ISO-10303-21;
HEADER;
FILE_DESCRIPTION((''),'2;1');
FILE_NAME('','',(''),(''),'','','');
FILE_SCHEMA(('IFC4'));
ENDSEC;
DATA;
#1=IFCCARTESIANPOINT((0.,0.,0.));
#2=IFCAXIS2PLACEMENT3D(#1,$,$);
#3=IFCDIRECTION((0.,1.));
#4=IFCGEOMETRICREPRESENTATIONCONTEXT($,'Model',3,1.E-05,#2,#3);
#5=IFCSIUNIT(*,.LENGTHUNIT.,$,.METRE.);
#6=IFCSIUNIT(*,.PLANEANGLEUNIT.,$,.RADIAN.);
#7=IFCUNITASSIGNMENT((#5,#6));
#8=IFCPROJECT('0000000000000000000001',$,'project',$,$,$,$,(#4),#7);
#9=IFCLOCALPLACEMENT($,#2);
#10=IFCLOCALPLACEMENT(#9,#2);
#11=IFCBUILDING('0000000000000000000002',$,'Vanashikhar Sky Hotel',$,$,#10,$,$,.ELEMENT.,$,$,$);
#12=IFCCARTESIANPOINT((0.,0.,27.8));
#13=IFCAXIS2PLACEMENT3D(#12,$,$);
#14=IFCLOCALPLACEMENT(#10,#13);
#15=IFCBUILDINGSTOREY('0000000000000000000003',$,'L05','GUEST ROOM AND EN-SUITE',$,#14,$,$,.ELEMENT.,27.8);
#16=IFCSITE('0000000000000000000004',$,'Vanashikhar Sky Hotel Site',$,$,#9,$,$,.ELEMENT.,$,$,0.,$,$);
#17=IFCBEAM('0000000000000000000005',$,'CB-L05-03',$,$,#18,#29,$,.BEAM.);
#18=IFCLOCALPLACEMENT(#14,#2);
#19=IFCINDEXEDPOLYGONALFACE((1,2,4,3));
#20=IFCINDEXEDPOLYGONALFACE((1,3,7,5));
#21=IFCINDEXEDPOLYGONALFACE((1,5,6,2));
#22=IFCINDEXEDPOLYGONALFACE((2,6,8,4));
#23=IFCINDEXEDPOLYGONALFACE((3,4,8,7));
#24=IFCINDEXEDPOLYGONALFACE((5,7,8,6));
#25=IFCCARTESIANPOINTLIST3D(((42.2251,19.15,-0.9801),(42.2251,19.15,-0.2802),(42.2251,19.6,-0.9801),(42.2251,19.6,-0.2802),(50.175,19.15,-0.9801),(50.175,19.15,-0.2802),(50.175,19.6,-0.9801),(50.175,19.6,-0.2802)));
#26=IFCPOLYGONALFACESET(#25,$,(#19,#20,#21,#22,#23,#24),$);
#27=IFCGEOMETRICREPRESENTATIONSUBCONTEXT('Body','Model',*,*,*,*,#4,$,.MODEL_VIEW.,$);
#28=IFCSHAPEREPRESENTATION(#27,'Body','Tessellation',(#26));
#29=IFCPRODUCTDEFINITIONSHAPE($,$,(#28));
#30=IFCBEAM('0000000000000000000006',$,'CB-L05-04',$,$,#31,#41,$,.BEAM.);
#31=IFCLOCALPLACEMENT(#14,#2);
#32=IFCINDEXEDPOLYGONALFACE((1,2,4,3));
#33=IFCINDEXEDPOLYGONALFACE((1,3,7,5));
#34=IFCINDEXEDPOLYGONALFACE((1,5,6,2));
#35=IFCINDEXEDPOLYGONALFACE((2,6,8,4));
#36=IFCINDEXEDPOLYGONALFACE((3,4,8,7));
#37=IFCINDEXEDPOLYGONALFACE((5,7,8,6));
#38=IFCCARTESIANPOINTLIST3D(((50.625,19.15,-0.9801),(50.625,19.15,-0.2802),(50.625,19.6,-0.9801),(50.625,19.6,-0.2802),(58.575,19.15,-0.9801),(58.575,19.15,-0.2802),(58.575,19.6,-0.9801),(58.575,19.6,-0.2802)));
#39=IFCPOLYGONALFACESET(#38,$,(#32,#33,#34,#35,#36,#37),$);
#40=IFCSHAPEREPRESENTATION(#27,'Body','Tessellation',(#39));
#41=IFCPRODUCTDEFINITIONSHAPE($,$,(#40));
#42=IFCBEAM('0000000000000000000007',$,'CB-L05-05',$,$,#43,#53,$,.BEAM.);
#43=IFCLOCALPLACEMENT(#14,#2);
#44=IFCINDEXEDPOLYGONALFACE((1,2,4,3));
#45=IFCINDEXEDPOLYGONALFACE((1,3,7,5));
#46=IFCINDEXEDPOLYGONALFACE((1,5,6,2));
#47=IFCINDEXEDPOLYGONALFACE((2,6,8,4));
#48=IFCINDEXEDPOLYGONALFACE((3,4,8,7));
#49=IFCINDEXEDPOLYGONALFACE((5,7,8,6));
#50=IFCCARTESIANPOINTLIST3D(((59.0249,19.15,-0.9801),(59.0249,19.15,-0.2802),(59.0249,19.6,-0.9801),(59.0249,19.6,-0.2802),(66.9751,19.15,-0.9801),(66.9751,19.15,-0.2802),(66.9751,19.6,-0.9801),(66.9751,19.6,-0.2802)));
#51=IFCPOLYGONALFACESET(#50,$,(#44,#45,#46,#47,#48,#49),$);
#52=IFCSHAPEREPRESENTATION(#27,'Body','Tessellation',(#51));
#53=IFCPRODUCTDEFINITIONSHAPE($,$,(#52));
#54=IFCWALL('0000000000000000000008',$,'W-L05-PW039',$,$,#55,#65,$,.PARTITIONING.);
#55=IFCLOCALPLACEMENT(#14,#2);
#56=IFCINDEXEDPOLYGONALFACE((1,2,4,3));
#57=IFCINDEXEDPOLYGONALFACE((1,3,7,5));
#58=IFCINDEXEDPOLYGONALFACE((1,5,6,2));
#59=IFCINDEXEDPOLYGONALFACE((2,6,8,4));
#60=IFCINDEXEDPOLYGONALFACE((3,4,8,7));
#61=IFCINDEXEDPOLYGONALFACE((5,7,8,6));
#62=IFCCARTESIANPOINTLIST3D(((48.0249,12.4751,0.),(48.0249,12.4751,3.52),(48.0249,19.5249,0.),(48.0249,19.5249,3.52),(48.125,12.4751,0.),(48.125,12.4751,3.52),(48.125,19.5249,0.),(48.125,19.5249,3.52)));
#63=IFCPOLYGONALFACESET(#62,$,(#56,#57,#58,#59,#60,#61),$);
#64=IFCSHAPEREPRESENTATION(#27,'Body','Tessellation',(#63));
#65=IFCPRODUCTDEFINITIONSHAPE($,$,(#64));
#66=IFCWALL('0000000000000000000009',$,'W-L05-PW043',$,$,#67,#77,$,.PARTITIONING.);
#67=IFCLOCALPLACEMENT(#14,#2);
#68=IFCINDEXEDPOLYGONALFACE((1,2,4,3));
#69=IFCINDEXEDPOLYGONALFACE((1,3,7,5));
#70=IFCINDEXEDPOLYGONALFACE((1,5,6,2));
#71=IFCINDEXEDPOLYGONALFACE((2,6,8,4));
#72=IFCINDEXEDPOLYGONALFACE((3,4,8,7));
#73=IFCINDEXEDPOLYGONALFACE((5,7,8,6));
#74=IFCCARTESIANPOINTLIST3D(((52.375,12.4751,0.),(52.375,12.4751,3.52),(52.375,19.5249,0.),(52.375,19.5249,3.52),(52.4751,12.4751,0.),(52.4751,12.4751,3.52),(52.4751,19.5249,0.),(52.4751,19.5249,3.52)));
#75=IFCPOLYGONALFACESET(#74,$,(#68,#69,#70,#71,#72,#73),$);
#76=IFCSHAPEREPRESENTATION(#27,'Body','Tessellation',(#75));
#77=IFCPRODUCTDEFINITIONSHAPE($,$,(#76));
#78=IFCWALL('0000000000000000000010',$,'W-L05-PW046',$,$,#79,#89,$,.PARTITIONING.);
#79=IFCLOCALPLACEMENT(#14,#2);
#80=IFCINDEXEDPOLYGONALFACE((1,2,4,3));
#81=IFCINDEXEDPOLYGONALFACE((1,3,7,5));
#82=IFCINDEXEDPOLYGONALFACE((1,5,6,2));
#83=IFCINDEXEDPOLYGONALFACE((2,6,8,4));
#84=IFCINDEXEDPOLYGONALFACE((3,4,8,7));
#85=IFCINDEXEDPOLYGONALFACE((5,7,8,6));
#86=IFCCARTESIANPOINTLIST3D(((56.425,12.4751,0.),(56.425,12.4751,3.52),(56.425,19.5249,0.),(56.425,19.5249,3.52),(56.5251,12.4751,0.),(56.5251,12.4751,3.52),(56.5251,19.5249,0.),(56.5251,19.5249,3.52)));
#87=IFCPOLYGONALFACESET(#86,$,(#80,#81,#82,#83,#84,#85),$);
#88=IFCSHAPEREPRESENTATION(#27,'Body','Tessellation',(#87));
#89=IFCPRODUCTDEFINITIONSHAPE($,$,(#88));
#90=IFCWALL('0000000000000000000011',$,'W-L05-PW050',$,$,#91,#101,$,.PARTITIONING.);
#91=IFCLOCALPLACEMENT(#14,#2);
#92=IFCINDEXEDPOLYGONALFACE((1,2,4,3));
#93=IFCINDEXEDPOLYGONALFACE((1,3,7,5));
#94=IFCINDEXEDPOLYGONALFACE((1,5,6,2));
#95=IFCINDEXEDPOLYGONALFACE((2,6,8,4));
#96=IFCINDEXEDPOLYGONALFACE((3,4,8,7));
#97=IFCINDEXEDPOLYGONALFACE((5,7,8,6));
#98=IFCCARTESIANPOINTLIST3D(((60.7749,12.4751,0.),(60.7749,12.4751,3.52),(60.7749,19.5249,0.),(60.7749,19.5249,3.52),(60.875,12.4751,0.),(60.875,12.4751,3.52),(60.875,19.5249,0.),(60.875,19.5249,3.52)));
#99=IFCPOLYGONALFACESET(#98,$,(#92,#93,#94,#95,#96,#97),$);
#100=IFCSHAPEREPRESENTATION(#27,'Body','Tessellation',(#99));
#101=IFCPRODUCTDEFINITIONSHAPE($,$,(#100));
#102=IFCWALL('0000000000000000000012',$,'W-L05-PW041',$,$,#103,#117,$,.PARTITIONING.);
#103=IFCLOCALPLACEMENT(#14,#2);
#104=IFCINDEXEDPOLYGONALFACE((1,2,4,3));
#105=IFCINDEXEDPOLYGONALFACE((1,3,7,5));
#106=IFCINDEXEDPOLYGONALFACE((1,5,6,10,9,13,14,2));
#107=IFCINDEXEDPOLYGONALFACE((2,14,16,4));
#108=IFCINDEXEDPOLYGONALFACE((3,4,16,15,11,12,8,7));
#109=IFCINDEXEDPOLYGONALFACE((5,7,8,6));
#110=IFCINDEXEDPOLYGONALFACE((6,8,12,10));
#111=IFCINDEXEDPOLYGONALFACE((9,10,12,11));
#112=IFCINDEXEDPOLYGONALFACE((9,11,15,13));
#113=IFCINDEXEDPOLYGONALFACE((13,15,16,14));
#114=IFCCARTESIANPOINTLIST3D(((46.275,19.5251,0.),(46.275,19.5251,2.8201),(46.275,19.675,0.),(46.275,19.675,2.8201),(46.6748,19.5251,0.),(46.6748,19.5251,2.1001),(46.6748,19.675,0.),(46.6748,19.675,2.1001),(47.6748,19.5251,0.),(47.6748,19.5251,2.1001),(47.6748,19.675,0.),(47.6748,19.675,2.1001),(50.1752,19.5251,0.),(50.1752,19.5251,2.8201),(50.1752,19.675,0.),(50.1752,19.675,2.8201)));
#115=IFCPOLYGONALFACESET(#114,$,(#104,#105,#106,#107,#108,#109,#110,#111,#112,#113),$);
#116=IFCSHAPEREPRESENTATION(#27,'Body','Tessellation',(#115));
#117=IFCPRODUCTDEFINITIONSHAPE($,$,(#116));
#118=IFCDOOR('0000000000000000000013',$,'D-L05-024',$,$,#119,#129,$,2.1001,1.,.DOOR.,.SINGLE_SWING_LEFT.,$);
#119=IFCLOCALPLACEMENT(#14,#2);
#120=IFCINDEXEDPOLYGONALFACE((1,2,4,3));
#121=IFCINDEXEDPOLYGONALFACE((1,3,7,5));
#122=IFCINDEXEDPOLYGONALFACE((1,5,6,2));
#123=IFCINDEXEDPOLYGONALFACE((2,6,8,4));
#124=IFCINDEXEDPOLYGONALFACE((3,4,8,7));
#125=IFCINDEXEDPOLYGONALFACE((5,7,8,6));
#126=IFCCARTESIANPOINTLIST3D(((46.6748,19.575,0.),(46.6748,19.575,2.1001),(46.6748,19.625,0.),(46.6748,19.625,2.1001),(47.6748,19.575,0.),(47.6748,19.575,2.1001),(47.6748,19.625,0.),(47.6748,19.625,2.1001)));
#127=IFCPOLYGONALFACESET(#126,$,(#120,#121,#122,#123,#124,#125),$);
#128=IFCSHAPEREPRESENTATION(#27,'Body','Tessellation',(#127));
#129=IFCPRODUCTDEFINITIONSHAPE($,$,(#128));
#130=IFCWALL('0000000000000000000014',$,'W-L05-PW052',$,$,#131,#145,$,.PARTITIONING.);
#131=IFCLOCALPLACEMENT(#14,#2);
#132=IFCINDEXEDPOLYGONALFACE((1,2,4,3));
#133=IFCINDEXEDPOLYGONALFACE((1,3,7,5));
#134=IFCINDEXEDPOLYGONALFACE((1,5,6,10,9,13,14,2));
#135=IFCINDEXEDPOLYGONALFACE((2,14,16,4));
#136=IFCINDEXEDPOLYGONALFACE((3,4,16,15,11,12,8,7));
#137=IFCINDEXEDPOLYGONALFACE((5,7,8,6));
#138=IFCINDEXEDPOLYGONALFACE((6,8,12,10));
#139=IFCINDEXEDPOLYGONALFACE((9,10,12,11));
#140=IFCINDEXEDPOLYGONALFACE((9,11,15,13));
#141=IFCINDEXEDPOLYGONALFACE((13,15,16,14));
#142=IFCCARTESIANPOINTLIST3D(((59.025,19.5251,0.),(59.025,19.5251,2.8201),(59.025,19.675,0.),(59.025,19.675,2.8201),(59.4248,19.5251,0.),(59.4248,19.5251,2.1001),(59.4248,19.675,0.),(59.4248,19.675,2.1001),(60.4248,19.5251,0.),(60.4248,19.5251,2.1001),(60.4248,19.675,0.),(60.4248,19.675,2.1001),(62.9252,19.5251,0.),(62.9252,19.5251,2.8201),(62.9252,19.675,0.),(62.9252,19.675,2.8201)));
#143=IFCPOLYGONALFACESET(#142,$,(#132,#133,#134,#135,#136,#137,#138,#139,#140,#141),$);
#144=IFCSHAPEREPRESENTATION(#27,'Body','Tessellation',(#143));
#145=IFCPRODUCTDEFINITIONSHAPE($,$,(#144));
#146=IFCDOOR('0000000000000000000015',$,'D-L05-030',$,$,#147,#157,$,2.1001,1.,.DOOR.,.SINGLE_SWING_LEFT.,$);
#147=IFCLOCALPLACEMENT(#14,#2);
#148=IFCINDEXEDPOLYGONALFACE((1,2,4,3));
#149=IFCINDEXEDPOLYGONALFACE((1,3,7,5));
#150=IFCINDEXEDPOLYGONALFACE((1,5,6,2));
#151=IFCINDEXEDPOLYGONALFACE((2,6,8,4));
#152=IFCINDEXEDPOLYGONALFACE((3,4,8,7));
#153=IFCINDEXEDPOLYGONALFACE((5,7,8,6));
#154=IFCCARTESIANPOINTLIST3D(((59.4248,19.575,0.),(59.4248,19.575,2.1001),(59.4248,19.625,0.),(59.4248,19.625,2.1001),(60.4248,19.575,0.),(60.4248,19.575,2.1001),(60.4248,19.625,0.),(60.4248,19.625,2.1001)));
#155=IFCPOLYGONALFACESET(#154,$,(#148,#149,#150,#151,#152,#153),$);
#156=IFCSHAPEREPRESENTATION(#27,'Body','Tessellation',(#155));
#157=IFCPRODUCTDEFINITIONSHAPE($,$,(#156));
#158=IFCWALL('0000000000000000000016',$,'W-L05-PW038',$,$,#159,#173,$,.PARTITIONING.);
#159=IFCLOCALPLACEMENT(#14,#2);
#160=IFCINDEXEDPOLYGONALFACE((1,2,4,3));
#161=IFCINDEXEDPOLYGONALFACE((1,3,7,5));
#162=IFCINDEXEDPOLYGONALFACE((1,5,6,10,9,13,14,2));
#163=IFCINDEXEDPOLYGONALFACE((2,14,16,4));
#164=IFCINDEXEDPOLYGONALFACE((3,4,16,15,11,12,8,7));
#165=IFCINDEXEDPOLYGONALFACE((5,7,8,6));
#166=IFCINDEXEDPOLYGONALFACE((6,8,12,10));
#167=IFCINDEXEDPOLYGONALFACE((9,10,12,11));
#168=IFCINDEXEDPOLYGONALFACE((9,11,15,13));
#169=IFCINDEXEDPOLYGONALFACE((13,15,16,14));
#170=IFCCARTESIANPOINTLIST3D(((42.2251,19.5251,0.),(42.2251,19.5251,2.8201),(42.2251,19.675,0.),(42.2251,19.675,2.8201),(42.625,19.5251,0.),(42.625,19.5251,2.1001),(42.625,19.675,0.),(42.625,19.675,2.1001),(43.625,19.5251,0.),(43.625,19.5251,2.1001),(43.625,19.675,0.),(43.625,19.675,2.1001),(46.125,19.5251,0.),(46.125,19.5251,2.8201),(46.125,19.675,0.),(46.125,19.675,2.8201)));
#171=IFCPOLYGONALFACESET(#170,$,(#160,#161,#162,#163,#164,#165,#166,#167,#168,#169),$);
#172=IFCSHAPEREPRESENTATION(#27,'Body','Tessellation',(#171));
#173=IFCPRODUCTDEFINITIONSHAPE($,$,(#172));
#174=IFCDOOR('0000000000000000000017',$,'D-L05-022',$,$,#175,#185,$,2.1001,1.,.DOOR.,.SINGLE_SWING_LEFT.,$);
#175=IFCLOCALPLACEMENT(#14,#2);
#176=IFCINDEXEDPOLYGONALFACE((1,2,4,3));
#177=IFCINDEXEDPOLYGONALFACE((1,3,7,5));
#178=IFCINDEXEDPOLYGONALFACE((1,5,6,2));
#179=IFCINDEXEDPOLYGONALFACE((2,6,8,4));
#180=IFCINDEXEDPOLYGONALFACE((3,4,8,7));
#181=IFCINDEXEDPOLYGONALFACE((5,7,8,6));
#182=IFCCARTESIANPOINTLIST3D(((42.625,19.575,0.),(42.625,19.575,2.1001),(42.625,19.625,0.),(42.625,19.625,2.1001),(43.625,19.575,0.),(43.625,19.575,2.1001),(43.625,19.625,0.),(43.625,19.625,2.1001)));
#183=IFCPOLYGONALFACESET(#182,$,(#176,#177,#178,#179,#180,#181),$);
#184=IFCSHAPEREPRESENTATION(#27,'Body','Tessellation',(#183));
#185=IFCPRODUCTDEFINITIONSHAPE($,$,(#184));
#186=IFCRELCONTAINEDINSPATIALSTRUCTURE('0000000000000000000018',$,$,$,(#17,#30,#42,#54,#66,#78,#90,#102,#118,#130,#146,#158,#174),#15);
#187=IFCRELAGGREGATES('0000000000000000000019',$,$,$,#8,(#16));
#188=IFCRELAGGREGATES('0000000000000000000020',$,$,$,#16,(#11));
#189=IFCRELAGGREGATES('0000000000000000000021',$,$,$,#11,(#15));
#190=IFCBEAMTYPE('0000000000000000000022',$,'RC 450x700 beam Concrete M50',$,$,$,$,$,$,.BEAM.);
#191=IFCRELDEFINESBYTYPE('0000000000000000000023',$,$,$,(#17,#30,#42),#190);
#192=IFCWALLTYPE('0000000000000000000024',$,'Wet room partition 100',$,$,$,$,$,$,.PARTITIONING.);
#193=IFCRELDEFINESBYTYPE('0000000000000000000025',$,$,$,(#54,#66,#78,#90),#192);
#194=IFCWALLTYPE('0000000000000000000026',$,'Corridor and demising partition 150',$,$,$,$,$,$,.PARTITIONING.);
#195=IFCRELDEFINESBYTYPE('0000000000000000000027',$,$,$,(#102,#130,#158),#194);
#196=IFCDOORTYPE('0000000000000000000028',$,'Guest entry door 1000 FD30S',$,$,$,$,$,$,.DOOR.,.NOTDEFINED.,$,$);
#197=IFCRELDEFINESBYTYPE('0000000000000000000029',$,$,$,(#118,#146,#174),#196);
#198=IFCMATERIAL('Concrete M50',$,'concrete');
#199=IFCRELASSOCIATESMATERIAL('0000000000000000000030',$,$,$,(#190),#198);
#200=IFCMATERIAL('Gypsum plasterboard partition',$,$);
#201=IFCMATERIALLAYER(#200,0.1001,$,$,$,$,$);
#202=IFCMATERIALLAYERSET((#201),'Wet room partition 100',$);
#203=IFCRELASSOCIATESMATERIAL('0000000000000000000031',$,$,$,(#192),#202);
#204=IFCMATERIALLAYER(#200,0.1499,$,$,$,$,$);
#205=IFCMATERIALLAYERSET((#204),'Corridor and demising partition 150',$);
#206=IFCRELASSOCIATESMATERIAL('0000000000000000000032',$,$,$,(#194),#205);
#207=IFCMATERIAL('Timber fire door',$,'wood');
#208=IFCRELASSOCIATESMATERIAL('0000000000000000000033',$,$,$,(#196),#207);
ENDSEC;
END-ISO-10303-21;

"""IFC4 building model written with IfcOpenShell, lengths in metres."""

from ifc_helpers import new_model, si_unit, direction, frame, frame_2d, origin, origin_2d, place, context, subcontext, project, spatial, rectangle, extrude, source, transform, mapped, material, layer, layer_set, material_profile, profile_set, type_object, element, fill, save


model = new_model("IFC4")

# Units and contexts
model_context = context("Model", 3, precision=1e-05, world=origin(), true_north=direction((0.0, 1.0)))
body_context = subcontext(model_context, "Body", "Model", "MODEL_VIEW")
ifc_project = project(units=[si_unit("LENGTHUNIT", "METRE"), si_unit("PLANEANGLEUNIT", "RADIAN")], contexts=[model_context])

# Site, building, storey
site_placement = place(None, origin())
site = spatial("IfcSite", under=ifc_project, at=site_placement, Name="Vanashikhar Sky Hotel Site", CompositionType="ELEMENT", RefElevation=0.0)
building_placement = place(site_placement, origin())
building = spatial("IfcBuilding", under=site, at=building_placement, Name="Vanashikhar Sky Hotel", CompositionType="ELEMENT")
storey_placement = place(building_placement, frame((0.0, 0.0, 27.8)))
storey = spatial("IfcBuildingStorey", under=building, at=storey_placement, Name="L05", Description="GUEST ROOM AND EN-SUITE", CompositionType="ELEMENT", Elevation=27.8)

# Beams
ifc_material_1 = material(Name="Concrete M50", Category="concrete")
ifc_material_profile = material_profile(ifc_material_1, rectangle(XDim=0.45, YDim=0.7, at=origin_2d()))
ifc_profile_set = profile_set([ifc_material_profile], Name="RC 450x700 beam Concrete M50")
beam_type = type_object("IfcBeamType", Name="RC 450x700 beam Concrete M50", PredefinedType="BEAM", material=ifc_profile_set)
shared_shape_1 = source(origin(), body_context, "Body", "SweptSolid", [
    extrude(rectangle(XDim=0.45, YDim=0.7, at=origin_2d()), origin(), (0.0, 0.0, 1.0), 7.95),
])
for number, where, z_axis, x_axis, name in (
    (1, (42.2251, 19.375, -0.6301), (1.0, 0.0, 0.0), (0.0, 1.0, 0.0), "CB-L05-03"),
    (2, (50.625, 19.375, -0.6301), (1.0, 0.0, 0.0), (0.0, 1.0, 0.0), "CB-L05-04"),
):
    element("IfcBeam", number, at=place(storey_placement, frame(where, z_axis=z_axis, x_axis=x_axis)), inside=storey, type_object=beam_type, Name=name, PredefinedType="BEAM", context=body_context, shape_type="MappedRepresentation", body=[
        mapped(shared_shape_1, transform((0.0, 0.0, 0.0), scale=1.0)),
    ])
shared_shape_2 = source(origin(), body_context, "Body", "SweptSolid", [
    extrude(rectangle(XDim=0.45, YDim=0.7, at=origin_2d()), origin(), (0.0, 0.0, 1.0), 7.9502),
])
beam_placement = place(storey_placement, frame((59.0249, 19.375, -0.6301), z_axis=(1.0, 0.0, 0.0), x_axis=(0.0, 1.0, 0.0)))
element("IfcBeam", 3, at=beam_placement, inside=storey, type_object=beam_type, Name="CB-L05-05", PredefinedType="BEAM", context=body_context, shape_type="MappedRepresentation", body=[
    mapped(shared_shape_2, transform((0.0, 0.0, 0.0), scale=1.0)),
])

# Walls
ifc_material_2 = material(Name="Gypsum plasterboard partition")
ifc_layer_1 = layer(ifc_material_2, 0.1001)
ifc_layer_set_1 = layer_set([ifc_layer_1], Name="Wet room partition 100")
wall_type_1 = type_object("IfcWallType", Name="Wet room partition 100", PredefinedType="PARTITIONING", material=ifc_layer_set_1)
shared_shape_3 = source(origin(), body_context, "Body", "SweptSolid", [
    extrude(rectangle(XDim=7.0498, YDim=0.1001, at=frame_2d((3.5249, 0.0))), origin(), (0.0, 0.0, 1.0), 3.52),
])
for number, where, z_axis, x_axis, name in (
    (4, (48.075, 12.4751, 0.0), (0.0, 0.0, 1.0), (0.0, 1.0, 0.0), "W-L05-PW039"),
    (5, (52.425, 12.4751, 0.0), (0.0, 0.0, 1.0), (0.0, 1.0, 0.0), "W-L05-PW043"),
    (6, (56.4751, 12.4751, 0.0), (0.0, 0.0, 1.0), (0.0, 1.0, 0.0), "W-L05-PW046"),
    (7, (60.825, 12.4751, 0.0), (0.0, 0.0, 1.0), (0.0, 1.0, 0.0), "W-L05-PW050"),
):
    element("IfcWall", number, at=place(storey_placement, frame(where, z_axis=z_axis, x_axis=x_axis)), inside=storey, type_object=wall_type_1, Name=name, PredefinedType="PARTITIONING", context=body_context, shape_type="MappedRepresentation", body=[
        mapped(shared_shape_3, transform((0.0, 0.0, 0.0), scale=1.0)),
    ])

# Walls, openings, doors
ifc_layer_2 = layer(ifc_material_2, 0.1499)
ifc_layer_set_2 = layer_set([ifc_layer_2], Name="Corridor and demising partition 150")
wall_type_2 = type_object("IfcWallType", Name="Corridor and demising partition 150", PredefinedType="PARTITIONING", material=ifc_layer_set_2)
shared_shape_4 = source(origin(), body_context, "Body", "SweptSolid", [
    extrude(rectangle(XDim=3.9001, YDim=0.1499, at=frame_2d((1.9502, 0.0))), origin(), (0.0, 0.0, 1.0), 2.8201),
])
wall_1_placement = place(storey_placement, frame((46.2749, 19.6001, 0.0), z_axis=(0.0, 0.0, 1.0), x_axis=(1.0, 0.0, 0.0)))
wall_1 = element("IfcWall", 8, at=wall_1_placement, inside=storey, type_object=wall_type_2, Name="W-L05-PW041", PredefinedType="PARTITIONING", context=body_context, shape_type="MappedRepresentation", body=[
    mapped(shared_shape_4, transform((0.0, 0.0, 0.0), scale=1.0)),
])
shared_shape_5 = source(origin(), body_context, "Body", "SweptSolid", [
    extrude(rectangle(XDim=1.0, YDim=2.1001, at=frame_2d((0.5, 1.05))), frame((0.0, 0.085, 0.0), z_axis=(0.0, -1.0, 0.0), x_axis=(1.0, 0.0, 0.0)), (0.0, 0.0, 1.0), 0.1699),
])
opening_1_placement = place(wall_1_placement, frame((0.3999, 0.0, 0.0)))
opening_1 = element("IfcOpeningElement", 9, at=opening_1_placement, cuts=wall_1, PredefinedType="OPENING", context=body_context, shape_type="MappedRepresentation", body=[
    mapped(shared_shape_5, transform((0.0, 0.0, 0.0), scale=1.0)),
])
ifc_material_3 = material(Name="Timber fire door", Category="wood")
door_type = type_object("IfcDoorType", Name="Guest entry door 1000 FD30S", OperationType="NOTDEFINED", PredefinedType="DOOR", material=ifc_material_3)
shared_shape_6 = source(origin(), body_context, "Body", "SweptSolid", [
    extrude(rectangle(XDim=1.0, YDim=2.1001, at=frame_2d((0.5, 1.05))), frame((0.0, 0.0249, 0.0), z_axis=(0.0, -1.0, 0.0), x_axis=(1.0, 0.0, 0.0)), (0.0, 0.0, 1.0), 0.05),
])
door_1_placement = place(opening_1_placement, origin())
door_1 = element("IfcDoor", 10, at=door_1_placement, inside=storey, type_object=door_type, Name="D-L05-024", OperationType="SINGLE_SWING_LEFT", OverallHeight=2.1001, OverallWidth=1.0, PredefinedType="DOOR", context=body_context, shape_type="MappedRepresentation", body=[
    mapped(shared_shape_6, transform((0.0, 0.0, 0.0), scale=1.0)),
])
fill(opening_1, door_1)
wall_2_placement = place(storey_placement, frame((59.0249, 19.6001, 0.0), z_axis=(0.0, 0.0, 1.0), x_axis=(1.0, 0.0, 0.0)))
wall_2 = element("IfcWall", 11, at=wall_2_placement, inside=storey, type_object=wall_type_2, Name="W-L05-PW052", PredefinedType="PARTITIONING", context=body_context, shape_type="MappedRepresentation", body=[
    mapped(shared_shape_4, transform((0.0, 0.0, 0.0), scale=1.0)),
])
opening_2_placement = place(wall_2_placement, frame((0.3999, 0.0, 0.0)))
opening_2 = element("IfcOpeningElement", 12, at=opening_2_placement, cuts=wall_2, PredefinedType="OPENING", context=body_context, shape_type="MappedRepresentation", body=[
    mapped(shared_shape_5, transform((0.0, 0.0, 0.0), scale=1.0)),
])
door_2_placement = place(opening_2_placement, origin())
door_2 = element("IfcDoor", 13, at=door_2_placement, inside=storey, type_object=door_type, Name="D-L05-030", OperationType="SINGLE_SWING_LEFT", OverallHeight=2.1001, OverallWidth=1.0, PredefinedType="DOOR", context=body_context, shape_type="MappedRepresentation", body=[
    mapped(shared_shape_6, transform((0.0, 0.0, 0.0), scale=1.0)),
])
fill(opening_2, door_2)
shared_shape_7 = source(origin(), body_context, "Body", "SweptSolid", [
    extrude(rectangle(XDim=3.8999, YDim=0.1499, at=frame_2d((1.95, 0.0))), origin(), (0.0, 0.0, 1.0), 2.8201),
])
wall_3_placement = place(storey_placement, frame((42.2251, 19.6001, 0.0), z_axis=(0.0, 0.0, 1.0), x_axis=(1.0, 0.0, 0.0)))
wall_3 = element("IfcWall", 14, at=wall_3_placement, inside=storey, type_object=wall_type_2, Name="W-L05-PW038", PredefinedType="PARTITIONING", context=body_context, shape_type="MappedRepresentation", body=[
    mapped(shared_shape_7, transform((0.0, 0.0, 0.0), scale=1.0)),
])
opening_3_placement = place(wall_3_placement, frame((0.3999, 0.0, 0.0)))
opening_3 = element("IfcOpeningElement", 15, at=opening_3_placement, cuts=wall_3, PredefinedType="OPENING", context=body_context, shape_type="MappedRepresentation", body=[
    mapped(shared_shape_5, transform((0.0, 0.0, 0.0), scale=1.0)),
])
door_3_placement = place(opening_3_placement, origin())
door_3 = element("IfcDoor", 16, at=door_3_placement, inside=storey, type_object=door_type, Name="D-L05-022", OperationType="SINGLE_SWING_LEFT", OverallHeight=2.1001, OverallWidth=1.0, PredefinedType="DOOR", context=body_context, shape_type="MappedRepresentation", body=[
    mapped(shared_shape_6, transform((0.0, 0.0, 0.0), scale=1.0)),
])
fill(opening_3, door_3)

save(model, "model.ifc")
